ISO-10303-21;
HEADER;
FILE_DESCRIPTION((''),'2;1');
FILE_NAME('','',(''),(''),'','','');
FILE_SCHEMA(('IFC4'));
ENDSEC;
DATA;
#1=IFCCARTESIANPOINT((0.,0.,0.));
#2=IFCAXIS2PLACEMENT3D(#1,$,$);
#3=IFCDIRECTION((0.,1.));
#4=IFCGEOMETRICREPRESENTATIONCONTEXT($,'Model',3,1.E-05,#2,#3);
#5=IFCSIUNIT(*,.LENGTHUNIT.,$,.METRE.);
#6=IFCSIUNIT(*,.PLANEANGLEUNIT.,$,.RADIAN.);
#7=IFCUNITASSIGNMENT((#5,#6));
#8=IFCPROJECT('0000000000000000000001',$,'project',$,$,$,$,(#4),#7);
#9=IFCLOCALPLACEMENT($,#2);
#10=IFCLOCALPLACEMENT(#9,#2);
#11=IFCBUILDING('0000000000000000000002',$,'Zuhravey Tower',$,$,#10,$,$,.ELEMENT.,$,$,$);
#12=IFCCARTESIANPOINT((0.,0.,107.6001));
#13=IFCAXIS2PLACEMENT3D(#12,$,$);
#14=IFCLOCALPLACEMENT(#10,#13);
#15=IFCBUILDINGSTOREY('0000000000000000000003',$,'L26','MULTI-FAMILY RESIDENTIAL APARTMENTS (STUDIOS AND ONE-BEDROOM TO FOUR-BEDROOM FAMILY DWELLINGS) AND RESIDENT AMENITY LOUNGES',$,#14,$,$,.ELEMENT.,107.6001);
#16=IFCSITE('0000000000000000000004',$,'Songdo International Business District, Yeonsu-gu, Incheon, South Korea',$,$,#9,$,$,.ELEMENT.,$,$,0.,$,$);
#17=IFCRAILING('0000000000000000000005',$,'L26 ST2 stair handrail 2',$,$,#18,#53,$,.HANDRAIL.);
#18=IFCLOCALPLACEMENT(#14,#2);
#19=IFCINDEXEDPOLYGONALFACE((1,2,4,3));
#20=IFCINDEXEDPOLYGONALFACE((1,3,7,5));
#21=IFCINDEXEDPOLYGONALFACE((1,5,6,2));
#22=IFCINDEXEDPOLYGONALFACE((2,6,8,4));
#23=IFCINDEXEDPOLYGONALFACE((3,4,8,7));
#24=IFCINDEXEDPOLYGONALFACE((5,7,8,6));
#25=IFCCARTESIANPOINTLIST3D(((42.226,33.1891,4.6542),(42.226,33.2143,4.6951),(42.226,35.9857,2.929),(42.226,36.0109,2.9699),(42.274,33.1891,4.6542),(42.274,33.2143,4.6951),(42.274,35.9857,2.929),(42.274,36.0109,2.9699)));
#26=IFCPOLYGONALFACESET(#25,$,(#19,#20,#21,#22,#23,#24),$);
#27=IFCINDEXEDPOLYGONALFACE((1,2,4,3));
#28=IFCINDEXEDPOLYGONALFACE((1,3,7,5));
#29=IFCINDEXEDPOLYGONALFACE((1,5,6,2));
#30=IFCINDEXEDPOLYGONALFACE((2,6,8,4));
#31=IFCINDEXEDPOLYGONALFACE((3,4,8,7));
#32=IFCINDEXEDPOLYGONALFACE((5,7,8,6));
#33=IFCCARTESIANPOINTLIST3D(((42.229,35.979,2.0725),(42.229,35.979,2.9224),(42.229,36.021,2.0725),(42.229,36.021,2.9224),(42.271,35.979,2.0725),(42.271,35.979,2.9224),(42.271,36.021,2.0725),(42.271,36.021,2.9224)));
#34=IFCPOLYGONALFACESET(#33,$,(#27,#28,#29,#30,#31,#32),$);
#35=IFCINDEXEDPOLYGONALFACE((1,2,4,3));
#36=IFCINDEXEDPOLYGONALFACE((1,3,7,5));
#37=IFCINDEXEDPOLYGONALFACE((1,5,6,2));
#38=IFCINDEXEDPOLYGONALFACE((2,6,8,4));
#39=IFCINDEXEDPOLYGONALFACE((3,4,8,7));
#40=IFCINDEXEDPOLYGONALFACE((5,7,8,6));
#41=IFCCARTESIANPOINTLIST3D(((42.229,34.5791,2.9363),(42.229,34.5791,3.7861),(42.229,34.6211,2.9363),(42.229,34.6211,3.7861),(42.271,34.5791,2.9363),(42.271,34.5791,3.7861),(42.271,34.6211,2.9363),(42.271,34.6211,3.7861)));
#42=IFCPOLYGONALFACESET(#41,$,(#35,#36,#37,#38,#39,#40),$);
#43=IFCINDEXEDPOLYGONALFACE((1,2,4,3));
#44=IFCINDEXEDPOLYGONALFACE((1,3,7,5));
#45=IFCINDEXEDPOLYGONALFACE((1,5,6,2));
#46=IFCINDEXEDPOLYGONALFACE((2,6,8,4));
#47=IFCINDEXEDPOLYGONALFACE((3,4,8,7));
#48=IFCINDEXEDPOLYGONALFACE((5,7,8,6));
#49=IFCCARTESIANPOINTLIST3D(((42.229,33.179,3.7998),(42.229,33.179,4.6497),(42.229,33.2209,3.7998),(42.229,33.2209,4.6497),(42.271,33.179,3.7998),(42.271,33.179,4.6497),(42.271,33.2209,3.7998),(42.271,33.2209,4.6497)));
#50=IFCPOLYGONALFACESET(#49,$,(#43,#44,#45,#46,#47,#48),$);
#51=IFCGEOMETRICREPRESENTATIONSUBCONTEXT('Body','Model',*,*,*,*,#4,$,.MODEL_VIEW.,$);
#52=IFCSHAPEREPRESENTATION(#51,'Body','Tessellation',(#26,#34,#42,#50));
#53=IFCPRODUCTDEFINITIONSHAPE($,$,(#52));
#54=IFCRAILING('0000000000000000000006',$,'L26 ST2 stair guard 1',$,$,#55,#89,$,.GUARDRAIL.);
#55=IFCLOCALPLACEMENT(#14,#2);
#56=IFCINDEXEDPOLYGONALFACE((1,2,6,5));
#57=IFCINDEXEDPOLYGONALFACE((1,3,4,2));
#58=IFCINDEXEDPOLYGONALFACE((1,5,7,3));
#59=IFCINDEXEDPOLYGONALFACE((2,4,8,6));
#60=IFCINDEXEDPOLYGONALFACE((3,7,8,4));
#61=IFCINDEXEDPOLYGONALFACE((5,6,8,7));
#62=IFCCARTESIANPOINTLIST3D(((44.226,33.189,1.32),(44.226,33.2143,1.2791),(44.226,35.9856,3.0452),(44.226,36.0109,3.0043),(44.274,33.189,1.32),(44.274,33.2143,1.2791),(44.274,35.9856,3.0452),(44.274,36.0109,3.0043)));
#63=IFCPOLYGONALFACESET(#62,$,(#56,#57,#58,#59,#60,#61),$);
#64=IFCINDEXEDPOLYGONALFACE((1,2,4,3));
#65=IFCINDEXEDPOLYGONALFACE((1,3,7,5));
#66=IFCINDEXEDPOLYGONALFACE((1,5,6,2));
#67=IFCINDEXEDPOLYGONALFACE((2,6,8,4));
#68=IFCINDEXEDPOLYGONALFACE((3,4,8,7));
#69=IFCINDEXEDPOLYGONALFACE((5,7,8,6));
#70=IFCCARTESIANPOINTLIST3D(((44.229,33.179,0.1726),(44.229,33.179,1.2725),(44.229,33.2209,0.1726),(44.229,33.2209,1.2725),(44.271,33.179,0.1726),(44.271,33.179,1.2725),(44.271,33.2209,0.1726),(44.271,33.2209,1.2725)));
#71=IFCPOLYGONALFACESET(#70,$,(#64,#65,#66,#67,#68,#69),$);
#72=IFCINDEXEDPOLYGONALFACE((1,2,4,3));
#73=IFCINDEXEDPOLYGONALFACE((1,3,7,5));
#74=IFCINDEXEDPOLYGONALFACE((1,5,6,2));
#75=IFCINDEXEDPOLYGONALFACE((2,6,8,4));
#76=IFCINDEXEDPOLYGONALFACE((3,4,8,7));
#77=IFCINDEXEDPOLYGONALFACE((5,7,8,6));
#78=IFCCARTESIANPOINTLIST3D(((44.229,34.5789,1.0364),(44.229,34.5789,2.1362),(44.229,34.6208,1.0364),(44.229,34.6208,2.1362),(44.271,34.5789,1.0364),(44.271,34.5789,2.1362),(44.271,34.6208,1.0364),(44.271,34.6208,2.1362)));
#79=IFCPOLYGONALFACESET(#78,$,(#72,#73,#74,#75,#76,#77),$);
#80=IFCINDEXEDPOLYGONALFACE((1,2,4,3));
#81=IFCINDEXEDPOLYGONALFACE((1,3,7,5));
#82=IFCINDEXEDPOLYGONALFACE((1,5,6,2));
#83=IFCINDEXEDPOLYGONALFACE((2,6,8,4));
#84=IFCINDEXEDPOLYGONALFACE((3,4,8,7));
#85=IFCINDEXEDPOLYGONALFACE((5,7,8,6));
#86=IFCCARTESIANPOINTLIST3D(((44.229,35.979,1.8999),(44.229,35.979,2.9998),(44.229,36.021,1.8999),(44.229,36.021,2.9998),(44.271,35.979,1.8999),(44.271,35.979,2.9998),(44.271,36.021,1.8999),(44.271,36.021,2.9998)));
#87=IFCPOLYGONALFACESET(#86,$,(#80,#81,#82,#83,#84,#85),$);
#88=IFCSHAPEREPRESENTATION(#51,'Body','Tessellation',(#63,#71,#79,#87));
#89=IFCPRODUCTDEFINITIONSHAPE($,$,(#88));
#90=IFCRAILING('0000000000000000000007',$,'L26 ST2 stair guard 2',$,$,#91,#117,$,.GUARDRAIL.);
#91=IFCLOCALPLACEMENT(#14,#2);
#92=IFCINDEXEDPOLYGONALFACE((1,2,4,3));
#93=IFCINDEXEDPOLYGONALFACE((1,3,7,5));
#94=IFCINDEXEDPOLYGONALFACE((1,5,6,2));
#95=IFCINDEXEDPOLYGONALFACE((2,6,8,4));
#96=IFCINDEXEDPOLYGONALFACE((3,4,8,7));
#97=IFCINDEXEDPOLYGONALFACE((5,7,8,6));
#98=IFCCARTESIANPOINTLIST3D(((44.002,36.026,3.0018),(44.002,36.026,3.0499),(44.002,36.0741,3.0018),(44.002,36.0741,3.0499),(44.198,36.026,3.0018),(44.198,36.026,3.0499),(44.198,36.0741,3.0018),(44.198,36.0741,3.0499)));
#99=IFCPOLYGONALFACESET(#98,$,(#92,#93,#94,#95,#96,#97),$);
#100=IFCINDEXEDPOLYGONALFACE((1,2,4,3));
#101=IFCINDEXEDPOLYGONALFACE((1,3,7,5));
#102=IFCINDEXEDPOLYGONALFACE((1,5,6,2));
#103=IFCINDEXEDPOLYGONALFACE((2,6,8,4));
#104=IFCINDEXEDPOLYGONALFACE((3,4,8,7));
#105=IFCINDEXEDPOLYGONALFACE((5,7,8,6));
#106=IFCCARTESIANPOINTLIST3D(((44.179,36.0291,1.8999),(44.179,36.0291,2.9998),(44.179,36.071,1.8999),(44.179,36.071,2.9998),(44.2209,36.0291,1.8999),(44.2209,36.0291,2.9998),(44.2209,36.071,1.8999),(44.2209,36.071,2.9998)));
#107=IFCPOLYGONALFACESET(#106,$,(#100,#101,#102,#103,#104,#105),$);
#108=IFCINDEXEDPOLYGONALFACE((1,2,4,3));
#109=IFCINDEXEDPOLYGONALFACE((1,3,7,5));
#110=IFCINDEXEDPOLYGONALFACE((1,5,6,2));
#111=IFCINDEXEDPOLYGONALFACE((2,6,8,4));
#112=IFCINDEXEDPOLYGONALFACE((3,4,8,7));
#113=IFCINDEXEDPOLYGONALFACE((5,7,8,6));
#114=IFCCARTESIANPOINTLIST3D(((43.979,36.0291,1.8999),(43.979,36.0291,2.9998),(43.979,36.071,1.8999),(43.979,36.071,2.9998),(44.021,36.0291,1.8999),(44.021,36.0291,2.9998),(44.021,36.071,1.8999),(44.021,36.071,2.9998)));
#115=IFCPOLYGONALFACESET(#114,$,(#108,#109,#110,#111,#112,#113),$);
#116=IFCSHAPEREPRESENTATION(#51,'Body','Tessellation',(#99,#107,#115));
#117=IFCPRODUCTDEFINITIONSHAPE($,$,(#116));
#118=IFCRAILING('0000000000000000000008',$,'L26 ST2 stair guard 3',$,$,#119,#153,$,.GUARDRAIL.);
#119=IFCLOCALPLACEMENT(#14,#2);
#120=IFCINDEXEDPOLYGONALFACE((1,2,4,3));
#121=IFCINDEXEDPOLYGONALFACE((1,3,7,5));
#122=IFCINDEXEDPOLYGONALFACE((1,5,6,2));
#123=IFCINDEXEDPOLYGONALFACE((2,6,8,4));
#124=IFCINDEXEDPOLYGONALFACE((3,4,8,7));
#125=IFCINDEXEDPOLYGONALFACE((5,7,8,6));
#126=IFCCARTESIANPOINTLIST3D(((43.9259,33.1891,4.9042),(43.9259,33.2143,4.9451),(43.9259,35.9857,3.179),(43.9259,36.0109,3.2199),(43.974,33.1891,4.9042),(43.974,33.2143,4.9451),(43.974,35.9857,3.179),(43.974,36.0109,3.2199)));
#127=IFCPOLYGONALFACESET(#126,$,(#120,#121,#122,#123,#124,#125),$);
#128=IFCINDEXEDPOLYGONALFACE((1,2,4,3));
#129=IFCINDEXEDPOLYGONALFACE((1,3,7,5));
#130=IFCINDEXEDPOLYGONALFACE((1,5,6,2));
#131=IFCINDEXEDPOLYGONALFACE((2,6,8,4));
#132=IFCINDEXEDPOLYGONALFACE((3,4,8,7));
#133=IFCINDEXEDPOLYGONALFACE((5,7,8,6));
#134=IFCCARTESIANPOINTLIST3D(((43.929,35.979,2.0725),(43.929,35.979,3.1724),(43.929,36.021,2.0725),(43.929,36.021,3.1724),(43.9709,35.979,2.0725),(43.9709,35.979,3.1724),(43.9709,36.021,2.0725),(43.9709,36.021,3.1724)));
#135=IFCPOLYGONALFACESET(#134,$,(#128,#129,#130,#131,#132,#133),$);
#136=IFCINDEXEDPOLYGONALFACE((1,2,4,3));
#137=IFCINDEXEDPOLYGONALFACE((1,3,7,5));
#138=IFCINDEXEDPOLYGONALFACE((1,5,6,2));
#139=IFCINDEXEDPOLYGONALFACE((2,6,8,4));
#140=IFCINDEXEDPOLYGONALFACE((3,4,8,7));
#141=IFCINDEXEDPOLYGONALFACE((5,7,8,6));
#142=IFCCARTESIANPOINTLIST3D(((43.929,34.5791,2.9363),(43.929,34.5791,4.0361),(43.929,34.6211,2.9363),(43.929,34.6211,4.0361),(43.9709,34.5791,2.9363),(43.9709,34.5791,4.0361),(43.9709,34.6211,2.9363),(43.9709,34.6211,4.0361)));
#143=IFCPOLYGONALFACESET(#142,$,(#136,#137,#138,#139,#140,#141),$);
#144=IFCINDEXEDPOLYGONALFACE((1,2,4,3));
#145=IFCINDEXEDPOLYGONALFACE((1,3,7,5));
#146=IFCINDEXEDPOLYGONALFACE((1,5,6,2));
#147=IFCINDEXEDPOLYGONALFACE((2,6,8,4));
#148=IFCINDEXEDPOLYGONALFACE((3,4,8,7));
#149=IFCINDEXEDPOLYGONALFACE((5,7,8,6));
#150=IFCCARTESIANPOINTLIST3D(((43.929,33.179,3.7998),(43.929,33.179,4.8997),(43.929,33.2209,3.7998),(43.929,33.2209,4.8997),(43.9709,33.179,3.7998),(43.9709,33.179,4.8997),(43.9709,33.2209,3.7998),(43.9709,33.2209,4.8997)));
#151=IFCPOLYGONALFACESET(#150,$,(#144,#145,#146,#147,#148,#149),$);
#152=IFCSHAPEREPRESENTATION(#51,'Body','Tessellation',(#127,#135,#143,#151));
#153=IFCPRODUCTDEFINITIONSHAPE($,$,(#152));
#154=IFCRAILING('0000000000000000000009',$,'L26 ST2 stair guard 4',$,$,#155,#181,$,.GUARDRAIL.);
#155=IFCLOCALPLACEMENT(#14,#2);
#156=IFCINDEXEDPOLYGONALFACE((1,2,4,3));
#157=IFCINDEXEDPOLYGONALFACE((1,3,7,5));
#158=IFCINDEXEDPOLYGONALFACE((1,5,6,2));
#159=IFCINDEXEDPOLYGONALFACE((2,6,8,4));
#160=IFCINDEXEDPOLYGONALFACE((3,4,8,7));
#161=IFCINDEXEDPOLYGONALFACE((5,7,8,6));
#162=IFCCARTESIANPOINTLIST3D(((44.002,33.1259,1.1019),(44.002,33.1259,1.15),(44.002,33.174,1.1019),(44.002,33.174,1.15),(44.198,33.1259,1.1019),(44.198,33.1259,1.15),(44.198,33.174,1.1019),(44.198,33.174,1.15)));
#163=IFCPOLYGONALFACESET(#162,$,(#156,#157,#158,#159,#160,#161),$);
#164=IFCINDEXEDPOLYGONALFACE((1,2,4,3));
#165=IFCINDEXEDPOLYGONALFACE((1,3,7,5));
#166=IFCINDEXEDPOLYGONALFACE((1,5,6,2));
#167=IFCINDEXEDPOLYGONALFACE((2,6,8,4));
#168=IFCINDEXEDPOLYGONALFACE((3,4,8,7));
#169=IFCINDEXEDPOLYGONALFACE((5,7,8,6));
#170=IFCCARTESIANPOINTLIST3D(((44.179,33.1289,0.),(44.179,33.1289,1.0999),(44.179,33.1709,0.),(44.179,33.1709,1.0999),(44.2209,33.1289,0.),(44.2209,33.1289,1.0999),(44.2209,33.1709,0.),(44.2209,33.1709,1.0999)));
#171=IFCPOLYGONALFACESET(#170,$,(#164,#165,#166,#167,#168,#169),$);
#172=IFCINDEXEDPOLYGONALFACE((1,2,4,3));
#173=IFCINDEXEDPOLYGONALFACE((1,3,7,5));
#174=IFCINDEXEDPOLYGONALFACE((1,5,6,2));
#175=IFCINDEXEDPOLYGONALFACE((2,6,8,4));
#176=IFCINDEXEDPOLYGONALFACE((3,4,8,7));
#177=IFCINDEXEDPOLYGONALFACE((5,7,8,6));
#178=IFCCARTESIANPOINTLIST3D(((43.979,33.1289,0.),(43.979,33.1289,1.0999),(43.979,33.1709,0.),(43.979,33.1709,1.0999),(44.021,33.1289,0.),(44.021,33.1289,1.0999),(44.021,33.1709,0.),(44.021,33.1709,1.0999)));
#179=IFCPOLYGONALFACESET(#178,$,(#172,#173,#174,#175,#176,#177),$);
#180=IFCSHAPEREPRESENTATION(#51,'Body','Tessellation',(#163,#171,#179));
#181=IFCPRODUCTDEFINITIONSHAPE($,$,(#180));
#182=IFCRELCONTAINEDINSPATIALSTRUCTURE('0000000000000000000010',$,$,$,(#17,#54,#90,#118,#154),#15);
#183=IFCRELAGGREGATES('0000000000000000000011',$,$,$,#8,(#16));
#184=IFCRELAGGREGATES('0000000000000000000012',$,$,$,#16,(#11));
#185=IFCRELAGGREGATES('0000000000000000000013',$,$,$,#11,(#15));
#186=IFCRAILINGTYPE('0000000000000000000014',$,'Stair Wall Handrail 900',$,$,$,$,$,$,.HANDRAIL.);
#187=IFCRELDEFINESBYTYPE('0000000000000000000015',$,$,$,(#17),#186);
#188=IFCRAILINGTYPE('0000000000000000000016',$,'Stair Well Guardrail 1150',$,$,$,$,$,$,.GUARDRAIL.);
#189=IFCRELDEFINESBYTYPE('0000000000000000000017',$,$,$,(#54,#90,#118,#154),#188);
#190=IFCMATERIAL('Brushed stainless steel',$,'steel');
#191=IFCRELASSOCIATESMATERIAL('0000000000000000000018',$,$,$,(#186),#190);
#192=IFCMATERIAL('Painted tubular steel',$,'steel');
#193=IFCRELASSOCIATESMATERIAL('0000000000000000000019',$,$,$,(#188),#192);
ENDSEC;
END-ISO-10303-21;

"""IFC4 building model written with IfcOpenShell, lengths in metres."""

from ifc_helpers import new_model, si_unit, direction, frame, origin, origin_2d, place, context, subcontext, project, spatial, rectangle, extrude, material, type_object, element, save


model = new_model("IFC4")

# Units and contexts
model_context = context("Model", 3, precision=1e-05, world=origin(), true_north=direction((0.0, 1.0)))
body_context = subcontext(model_context, "Body", "Model", "MODEL_VIEW")
ifc_project = project(units=[si_unit("LENGTHUNIT", "METRE"), si_unit("PLANEANGLEUNIT", "RADIAN")], contexts=[model_context])

# Site, building, storey
site_placement = place(None, origin())
site = spatial("IfcSite", under=ifc_project, at=site_placement, Name="Songdo International Business District, Yeonsu-gu, Incheon, South Korea", CompositionType="ELEMENT", RefElevation=0.0)
building_placement = place(site_placement, origin())
building = spatial("IfcBuilding", under=site, at=building_placement, Name="Zuhravey Tower", CompositionType="ELEMENT")
storey_placement = place(building_placement, frame((0.0, 0.0, 107.6001)))
storey = spatial("IfcBuildingStorey", under=building, at=storey_placement, Name="L26", Description="MULTI-FAMILY RESIDENTIAL APARTMENTS (STUDIOS AND ONE-BEDROOM TO FOUR-BEDROOM FAMILY DWELLINGS) AND RESIDENT AMENITY LOUNGES", CompositionType="ELEMENT", Elevation=107.6001)

# Railings
ifc_material_1 = material(Name="Brushed stainless steel", Category="steel")
railing_type_1 = type_object("IfcRailingType", Name="Stair Wall Handrail 900", PredefinedType="HANDRAIL", material=ifc_material_1)
railing_1_placement = place(storey_placement, frame((42.25, 36.0, 2.0725)))
element("IfcRailing", 1, at=railing_1_placement, inside=storey, type_object=railing_type_1, Name="L26 ST2 stair handrail 2", PredefinedType="HANDRAIL", context=body_context, shape_type="SweptSolid", body=[
    extrude(rectangle(XDim=0.0481, YDim=0.0481, at=origin_2d()), frame((0.0, -0.0017, 0.877), z_axis=(0.0, -0.85109, 0.52502), x_axis=(1.0, 0.0, 0.0)), (0.0, 0.0, 1.0), 3.2859),
    extrude(rectangle(XDim=0.042, YDim=0.042, at=origin_2d()), origin(), (0.0, 0.0, 1.0), 0.8499),
    extrude(rectangle(XDim=0.042, YDim=0.042, at=origin_2d()), frame((0.0, -1.3999, 0.8638)), (0.0, 0.0, 1.0), 0.8499),
    extrude(rectangle(XDim=0.042, YDim=0.042, at=origin_2d()), frame((0.0, -2.8, 1.7273)), (0.0, 0.0, 1.0), 0.8499),
])
ifc_material_2 = material(Name="Painted tubular steel", Category="steel")
railing_type_2 = type_object("IfcRailingType", Name="Stair Well Guardrail 1150", PredefinedType="GUARDRAIL", material=ifc_material_2)
railing_2_placement = place(storey_placement, frame((44.25, 33.2, 0.1726)))
element("IfcRailing", 2, at=railing_2_placement, inside=storey, type_object=railing_type_2, Name="L26 ST2 stair guard 1", PredefinedType="GUARDRAIL", context=body_context, shape_type="SweptSolid", body=[
    extrude(rectangle(XDim=0.0481, YDim=0.0481, at=origin_2d()), frame((0.0, 0.0017, 1.127), z_axis=(0.0, 0.85109, 0.52502), x_axis=(-1.0, 0.0, 0.0)), (0.0, 0.0, 1.0), 3.2859),
    extrude(rectangle(XDim=0.042, YDim=0.042, at=origin_2d()), origin(), (0.0, 0.0, 1.0), 1.0999),
    extrude(rectangle(XDim=0.042, YDim=0.042, at=origin_2d()), frame((0.0, 1.3999, 0.8638)), (0.0, 0.0, 1.0), 1.0999),
    extrude(rectangle(XDim=0.042, YDim=0.042, at=origin_2d()), frame((0.0, 2.8, 1.7273)), (0.0, 0.0, 1.0), 1.0999),
])
railing_3_placement = place(storey_placement, frame((44.2, 36.05, 1.8999)))
element("IfcRailing", 3, at=railing_3_placement, inside=storey, type_object=railing_type_2, Name="L26 ST2 stair guard 2", PredefinedType="GUARDRAIL", context=body_context, shape_type="SweptSolid", body=[
    extrude(rectangle(XDim=0.0481, YDim=0.0481, at=origin_2d()), frame((-0.002, 0.0, 1.126), z_axis=(-1.0, 0.0, 0.0), x_axis=(0.0, -1.0, 0.0)), (0.0, 0.0, 1.0), 0.196),
    extrude(rectangle(XDim=0.042, YDim=0.042, at=origin_2d()), origin(), (0.0, 0.0, 1.0), 1.0999),
    extrude(rectangle(XDim=0.042, YDim=0.042, at=origin_2d()), frame((-0.2, 0.0, 0.0)), (0.0, 0.0, 1.0), 1.0999),
])
railing_4_placement = place(storey_placement, frame((43.95, 36.0, 2.0725)))
element("IfcRailing", 4, at=railing_4_placement, inside=storey, type_object=railing_type_2, Name="L26 ST2 stair guard 3", PredefinedType="GUARDRAIL", context=body_context, shape_type="SweptSolid", body=[
    extrude(rectangle(XDim=0.0481, YDim=0.0481, at=origin_2d()), frame((0.0, -0.0017, 1.127), z_axis=(0.0, -0.85109, 0.52502), x_axis=(1.0, 0.0, 0.0)), (0.0, 0.0, 1.0), 3.2859),
    extrude(rectangle(XDim=0.042, YDim=0.042, at=origin_2d()), origin(), (0.0, 0.0, 1.0), 1.0999),
    extrude(rectangle(XDim=0.042, YDim=0.042, at=origin_2d()), frame((0.0, -1.3999, 0.8638)), (0.0, 0.0, 1.0), 1.0999),
    extrude(rectangle(XDim=0.042, YDim=0.042, at=origin_2d()), frame((0.0, -2.8, 1.7273)), (0.0, 0.0, 1.0), 1.0999),
])
railing_5_placement = place(storey_placement, frame((44.2, 33.1499, 0.0)))
element("IfcRailing", 5, at=railing_5_placement, inside=storey, type_object=railing_type_2, Name="L26 ST2 stair guard 4", PredefinedType="GUARDRAIL", context=body_context, shape_type="SweptSolid", body=[
    extrude(rectangle(XDim=0.0481, YDim=0.0481, at=origin_2d()), frame((-0.002, 0.0, 1.126), z_axis=(-1.0, 0.0, 0.0), x_axis=(0.0, -1.0, 0.0)), (0.0, 0.0, 1.0), 0.196),
    extrude(rectangle(XDim=0.042, YDim=0.042, at=origin_2d()), origin(), (0.0, 0.0, 1.0), 1.0999),
    extrude(rectangle(XDim=0.042, YDim=0.042, at=origin_2d()), frame((-0.2, 0.0, 0.0)), (0.0, 0.0, 1.0), 1.0999),
])

save(model, "model.ifc")
